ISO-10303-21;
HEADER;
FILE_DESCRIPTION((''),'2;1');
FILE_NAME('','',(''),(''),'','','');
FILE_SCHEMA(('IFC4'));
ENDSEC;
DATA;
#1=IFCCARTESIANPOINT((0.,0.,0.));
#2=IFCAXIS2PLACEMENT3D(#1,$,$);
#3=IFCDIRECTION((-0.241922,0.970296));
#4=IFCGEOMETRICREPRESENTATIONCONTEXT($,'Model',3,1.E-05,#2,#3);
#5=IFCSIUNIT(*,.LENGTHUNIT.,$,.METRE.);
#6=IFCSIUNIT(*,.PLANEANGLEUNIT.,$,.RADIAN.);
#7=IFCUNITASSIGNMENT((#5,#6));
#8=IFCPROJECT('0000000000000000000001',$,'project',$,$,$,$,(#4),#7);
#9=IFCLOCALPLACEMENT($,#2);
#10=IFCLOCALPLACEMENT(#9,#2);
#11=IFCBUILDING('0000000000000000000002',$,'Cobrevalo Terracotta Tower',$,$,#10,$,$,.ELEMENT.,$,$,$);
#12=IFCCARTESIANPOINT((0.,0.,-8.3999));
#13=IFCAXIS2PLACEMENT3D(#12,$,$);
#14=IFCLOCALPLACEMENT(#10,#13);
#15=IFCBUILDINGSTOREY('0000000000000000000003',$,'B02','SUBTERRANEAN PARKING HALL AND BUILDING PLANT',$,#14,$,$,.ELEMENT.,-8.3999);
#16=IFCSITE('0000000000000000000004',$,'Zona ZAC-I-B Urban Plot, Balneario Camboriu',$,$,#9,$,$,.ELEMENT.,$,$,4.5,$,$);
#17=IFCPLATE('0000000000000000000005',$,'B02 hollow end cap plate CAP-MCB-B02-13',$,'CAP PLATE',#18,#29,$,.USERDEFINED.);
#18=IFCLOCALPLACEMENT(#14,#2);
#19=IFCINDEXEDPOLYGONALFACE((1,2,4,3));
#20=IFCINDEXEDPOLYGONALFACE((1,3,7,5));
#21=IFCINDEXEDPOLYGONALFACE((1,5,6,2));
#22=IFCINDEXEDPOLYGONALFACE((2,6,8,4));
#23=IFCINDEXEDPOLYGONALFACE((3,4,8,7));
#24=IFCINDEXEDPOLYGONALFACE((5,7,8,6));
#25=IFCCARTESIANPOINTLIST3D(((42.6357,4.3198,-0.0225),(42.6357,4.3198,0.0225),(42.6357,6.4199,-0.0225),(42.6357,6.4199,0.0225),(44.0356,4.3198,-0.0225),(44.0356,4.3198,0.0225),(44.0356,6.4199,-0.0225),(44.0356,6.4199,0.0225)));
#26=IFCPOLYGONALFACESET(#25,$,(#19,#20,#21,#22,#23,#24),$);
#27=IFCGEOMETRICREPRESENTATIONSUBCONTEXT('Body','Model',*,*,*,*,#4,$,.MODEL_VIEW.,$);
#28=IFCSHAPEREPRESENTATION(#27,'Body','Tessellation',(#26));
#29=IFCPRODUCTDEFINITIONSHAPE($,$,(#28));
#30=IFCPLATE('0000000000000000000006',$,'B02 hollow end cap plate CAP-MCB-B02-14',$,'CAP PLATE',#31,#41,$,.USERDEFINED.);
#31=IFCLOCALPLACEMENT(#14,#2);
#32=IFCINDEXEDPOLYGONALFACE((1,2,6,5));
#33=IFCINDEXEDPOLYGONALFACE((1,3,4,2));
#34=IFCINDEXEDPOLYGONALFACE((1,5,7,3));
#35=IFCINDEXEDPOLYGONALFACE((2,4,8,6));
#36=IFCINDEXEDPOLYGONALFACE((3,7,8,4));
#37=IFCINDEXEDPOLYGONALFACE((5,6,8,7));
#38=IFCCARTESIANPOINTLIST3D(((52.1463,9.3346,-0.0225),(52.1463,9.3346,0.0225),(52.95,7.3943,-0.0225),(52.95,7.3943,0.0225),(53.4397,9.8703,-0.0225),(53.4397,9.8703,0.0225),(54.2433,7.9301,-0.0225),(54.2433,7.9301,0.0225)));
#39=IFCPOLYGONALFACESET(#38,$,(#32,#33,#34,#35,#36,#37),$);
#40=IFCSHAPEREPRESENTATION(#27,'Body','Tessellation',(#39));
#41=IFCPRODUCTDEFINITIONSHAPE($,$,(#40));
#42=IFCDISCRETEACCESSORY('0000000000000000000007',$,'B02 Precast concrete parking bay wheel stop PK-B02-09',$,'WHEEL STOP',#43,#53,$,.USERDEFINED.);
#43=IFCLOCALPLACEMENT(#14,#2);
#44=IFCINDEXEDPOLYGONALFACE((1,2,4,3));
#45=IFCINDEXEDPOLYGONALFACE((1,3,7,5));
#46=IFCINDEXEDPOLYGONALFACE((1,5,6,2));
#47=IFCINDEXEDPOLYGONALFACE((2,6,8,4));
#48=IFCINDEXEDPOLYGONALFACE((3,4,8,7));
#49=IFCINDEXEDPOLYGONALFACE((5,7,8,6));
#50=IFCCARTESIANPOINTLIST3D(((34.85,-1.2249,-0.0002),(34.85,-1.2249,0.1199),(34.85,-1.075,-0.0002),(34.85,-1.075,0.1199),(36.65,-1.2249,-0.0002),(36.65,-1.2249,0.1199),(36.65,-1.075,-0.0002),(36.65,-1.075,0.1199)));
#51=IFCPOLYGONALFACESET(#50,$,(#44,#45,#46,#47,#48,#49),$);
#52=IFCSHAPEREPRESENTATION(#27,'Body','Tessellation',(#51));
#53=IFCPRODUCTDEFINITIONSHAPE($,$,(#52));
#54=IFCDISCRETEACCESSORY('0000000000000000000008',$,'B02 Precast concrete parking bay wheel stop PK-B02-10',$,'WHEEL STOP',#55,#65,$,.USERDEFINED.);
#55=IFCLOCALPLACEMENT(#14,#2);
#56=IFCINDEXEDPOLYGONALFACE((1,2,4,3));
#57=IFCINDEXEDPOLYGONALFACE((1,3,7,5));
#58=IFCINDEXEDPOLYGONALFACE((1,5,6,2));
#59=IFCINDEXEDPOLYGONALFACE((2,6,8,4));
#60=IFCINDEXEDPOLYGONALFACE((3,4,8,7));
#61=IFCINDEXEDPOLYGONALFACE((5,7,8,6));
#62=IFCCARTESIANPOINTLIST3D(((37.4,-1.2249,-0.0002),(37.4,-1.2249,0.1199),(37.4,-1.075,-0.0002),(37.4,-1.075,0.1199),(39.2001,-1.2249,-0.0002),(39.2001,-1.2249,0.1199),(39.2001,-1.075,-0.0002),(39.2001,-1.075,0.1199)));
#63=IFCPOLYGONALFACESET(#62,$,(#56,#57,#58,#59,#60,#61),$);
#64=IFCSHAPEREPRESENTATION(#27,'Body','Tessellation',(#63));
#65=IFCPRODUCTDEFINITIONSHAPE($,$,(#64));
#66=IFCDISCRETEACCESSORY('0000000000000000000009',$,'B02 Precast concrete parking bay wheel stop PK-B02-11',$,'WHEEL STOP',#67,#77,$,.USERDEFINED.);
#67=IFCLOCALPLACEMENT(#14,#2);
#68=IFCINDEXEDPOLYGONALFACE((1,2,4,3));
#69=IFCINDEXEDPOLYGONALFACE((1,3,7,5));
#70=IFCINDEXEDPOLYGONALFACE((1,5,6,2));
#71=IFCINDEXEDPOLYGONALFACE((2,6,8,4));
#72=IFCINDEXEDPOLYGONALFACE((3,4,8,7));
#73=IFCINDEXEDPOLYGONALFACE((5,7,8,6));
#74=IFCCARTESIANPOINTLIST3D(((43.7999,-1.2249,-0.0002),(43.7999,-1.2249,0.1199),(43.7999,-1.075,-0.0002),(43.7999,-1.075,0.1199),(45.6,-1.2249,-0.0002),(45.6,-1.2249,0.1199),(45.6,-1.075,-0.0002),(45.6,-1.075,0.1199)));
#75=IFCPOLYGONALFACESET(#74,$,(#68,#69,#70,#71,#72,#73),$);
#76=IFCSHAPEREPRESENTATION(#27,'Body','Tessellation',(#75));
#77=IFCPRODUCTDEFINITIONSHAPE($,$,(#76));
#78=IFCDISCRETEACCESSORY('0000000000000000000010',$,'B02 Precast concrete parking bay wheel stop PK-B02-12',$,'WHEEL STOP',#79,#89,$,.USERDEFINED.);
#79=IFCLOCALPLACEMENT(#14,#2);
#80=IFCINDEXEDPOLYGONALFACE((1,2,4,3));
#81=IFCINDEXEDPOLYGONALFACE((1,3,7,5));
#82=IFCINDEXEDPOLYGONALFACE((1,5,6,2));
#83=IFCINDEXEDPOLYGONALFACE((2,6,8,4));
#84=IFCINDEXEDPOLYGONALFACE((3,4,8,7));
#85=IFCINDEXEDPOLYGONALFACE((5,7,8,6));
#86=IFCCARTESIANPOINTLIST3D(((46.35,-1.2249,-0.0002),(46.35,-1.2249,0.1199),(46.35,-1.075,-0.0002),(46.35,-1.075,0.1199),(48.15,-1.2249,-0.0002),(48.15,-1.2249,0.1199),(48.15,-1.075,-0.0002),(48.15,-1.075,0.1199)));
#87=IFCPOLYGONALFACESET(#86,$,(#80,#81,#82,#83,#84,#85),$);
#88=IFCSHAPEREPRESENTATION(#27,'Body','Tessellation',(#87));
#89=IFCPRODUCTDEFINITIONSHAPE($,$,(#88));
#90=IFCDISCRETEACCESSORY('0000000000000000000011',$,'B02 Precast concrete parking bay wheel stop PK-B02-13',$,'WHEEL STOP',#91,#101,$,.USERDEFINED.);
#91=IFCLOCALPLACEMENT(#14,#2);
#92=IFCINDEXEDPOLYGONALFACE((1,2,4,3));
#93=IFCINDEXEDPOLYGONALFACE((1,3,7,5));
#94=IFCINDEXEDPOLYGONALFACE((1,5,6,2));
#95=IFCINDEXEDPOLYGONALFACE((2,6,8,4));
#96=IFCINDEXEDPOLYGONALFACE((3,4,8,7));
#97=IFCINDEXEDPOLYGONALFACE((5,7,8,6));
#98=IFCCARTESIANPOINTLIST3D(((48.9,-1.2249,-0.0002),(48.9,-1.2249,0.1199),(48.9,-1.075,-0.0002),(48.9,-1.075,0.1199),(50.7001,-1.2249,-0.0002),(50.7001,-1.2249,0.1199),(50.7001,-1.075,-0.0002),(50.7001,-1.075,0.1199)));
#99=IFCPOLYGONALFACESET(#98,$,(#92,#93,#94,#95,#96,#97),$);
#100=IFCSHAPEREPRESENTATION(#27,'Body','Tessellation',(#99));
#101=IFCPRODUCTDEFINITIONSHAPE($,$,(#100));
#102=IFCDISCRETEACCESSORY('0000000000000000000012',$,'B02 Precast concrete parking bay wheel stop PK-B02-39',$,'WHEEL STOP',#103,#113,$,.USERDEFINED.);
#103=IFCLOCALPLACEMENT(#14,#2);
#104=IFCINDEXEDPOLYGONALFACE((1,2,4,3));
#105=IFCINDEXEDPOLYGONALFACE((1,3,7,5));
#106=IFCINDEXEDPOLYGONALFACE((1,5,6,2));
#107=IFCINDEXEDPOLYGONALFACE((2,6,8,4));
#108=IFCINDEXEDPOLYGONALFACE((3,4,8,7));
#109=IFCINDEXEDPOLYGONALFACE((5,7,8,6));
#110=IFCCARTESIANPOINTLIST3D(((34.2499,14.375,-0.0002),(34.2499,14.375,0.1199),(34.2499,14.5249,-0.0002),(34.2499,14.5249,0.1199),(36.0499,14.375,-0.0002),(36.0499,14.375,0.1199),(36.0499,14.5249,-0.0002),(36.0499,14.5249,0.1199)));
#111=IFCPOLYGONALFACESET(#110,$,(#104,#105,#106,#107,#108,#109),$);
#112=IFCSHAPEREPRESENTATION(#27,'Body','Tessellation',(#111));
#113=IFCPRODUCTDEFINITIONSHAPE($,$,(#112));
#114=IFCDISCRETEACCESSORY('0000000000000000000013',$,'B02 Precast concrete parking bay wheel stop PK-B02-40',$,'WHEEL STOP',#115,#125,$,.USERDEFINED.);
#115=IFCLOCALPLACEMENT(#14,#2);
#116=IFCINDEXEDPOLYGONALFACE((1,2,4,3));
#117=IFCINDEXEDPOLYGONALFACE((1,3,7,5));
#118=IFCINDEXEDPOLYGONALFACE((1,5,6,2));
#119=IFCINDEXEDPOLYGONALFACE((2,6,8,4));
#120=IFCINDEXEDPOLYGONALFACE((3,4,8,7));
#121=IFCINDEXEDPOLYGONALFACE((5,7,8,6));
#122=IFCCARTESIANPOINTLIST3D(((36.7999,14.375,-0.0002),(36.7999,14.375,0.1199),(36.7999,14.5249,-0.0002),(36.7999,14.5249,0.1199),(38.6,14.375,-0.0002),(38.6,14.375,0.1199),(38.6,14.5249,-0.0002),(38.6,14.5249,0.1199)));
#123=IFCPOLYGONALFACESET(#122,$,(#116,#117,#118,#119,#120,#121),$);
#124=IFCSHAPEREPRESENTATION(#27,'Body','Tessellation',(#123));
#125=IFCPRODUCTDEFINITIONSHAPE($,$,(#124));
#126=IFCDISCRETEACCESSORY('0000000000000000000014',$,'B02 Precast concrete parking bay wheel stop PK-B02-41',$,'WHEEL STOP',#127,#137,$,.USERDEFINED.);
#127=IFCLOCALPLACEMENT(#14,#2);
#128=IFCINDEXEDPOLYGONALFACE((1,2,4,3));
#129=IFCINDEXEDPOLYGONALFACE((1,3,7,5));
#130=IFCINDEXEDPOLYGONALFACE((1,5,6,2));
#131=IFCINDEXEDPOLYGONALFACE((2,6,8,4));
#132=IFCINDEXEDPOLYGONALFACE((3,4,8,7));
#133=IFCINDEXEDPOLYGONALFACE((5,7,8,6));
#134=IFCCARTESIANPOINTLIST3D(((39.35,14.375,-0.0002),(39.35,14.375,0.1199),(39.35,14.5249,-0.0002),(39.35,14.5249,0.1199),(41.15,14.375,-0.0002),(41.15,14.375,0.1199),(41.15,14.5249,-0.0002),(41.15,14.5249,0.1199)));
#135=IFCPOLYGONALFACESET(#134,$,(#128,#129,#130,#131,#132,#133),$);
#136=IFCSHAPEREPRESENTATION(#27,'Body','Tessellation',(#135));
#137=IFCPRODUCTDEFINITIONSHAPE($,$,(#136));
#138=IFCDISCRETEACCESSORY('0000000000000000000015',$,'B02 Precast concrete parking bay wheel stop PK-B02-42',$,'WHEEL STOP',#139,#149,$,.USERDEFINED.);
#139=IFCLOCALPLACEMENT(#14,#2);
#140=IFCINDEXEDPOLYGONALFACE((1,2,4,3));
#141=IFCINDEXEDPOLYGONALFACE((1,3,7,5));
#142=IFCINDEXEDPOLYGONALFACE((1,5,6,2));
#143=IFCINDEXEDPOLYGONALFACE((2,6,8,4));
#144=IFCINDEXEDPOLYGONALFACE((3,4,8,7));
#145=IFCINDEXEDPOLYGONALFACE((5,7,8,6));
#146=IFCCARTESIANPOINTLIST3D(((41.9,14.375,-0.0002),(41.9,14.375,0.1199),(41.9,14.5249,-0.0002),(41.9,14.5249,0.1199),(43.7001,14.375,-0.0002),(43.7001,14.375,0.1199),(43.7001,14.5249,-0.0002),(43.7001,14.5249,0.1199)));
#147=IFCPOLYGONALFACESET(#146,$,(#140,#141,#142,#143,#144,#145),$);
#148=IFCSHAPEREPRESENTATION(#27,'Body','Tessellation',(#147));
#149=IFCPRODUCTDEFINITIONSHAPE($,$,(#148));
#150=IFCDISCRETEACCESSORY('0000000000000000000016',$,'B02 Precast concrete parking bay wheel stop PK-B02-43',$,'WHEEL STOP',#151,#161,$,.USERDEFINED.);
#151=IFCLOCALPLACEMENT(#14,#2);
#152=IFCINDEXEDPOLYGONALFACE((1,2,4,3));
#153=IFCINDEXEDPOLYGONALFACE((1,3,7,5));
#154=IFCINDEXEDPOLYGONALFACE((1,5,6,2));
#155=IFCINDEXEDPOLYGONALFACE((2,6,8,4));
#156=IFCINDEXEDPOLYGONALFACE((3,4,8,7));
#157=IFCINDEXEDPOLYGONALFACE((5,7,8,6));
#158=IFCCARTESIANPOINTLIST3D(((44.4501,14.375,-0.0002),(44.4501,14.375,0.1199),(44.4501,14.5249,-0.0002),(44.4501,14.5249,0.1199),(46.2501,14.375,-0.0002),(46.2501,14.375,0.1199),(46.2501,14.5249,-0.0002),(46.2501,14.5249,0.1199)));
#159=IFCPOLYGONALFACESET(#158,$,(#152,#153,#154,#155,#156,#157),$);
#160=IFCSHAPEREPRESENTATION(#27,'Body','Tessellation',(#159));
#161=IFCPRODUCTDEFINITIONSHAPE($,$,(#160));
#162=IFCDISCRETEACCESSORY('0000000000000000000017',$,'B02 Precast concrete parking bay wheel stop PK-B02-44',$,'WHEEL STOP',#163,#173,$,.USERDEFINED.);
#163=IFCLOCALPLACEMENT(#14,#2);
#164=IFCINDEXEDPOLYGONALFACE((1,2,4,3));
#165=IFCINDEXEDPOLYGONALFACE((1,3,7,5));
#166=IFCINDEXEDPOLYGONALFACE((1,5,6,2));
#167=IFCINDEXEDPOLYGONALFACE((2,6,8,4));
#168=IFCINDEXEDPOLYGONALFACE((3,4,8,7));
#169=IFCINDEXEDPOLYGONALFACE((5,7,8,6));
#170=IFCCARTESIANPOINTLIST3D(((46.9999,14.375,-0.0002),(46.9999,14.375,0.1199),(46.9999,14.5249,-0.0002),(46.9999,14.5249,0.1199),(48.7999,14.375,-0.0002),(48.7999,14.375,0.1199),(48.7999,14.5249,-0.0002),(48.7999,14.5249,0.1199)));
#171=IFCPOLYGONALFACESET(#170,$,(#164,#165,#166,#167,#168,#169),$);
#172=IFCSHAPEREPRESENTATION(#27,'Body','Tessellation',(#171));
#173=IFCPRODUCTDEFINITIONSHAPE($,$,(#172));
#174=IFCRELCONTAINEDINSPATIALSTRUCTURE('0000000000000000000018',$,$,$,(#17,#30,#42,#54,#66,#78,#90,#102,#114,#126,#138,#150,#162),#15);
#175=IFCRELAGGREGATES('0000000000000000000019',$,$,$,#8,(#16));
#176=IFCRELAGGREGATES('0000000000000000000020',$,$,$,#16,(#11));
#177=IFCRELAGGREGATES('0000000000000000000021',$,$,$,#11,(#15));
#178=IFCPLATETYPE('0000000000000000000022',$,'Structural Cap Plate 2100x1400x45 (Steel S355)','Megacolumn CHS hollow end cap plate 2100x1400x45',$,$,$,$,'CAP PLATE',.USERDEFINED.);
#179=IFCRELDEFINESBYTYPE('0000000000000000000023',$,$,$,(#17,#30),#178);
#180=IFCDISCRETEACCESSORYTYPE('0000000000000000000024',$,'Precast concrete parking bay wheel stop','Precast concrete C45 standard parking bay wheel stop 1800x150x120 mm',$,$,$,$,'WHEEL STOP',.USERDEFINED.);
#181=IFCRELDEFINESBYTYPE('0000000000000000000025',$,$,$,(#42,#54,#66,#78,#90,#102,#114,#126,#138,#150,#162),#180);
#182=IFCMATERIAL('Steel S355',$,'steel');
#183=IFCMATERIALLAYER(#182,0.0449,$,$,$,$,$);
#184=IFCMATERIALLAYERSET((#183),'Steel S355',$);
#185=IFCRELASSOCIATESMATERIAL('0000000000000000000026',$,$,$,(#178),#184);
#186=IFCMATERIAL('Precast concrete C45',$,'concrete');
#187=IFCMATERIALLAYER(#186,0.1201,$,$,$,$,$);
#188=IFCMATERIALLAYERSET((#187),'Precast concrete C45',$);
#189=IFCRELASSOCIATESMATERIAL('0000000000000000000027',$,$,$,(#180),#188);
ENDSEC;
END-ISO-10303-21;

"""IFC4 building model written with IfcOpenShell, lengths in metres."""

from ifc_helpers import new_model, si_unit, direction, frame, origin, origin_2d, place, context, subcontext, project, spatial, rectangle, extrude, source, transform, mapped, material, layer, layer_set, type_object, element, save


model = new_model("IFC4")

# Units and contexts
model_context = context("Model", 3, precision=1e-05, world=origin(), true_north=direction((-0.241922, 0.970296)))
body_context = subcontext(model_context, "Body", "Model", "MODEL_VIEW")
ifc_project = project(units=[si_unit("LENGTHUNIT", "METRE"), si_unit("PLANEANGLEUNIT", "RADIAN")], contexts=[model_context])

# Site, building, storey
site_placement = place(None, origin())
site = spatial("IfcSite", under=ifc_project, at=site_placement, Name="Zona ZAC-I-B Urban Plot, Balneario Camboriu", CompositionType="ELEMENT", RefElevation=4.5)
building_placement = place(site_placement, origin())
building = spatial("IfcBuilding", under=site, at=building_placement, Name="Cobrevalo Terracotta Tower", CompositionType="ELEMENT")
storey_placement = place(building_placement, frame((0.0, 0.0, -8.3999)))
storey = spatial("IfcBuildingStorey", under=building, at=storey_placement, Name="B02", Description="SUBTERRANEAN PARKING HALL AND BUILDING PLANT", CompositionType="ELEMENT", Elevation=-8.3999)

# Shared definitions
ifc_material_1 = material(Name="Steel S355", Category="steel")

# Plates
ifc_layer_1 = layer(ifc_material_1, 0.0449)
ifc_layer_set_1 = layer_set([ifc_layer_1], Name="Steel S355")
plate_type = type_object("IfcPlateType", Name="Structural Cap Plate 2100x1400x45 (Steel S355)", Description="Megacolumn CHS hollow end cap plate 2100x1400x45", ElementType="CAP PLATE", PredefinedType="USERDEFINED", material=ifc_layer_set_1)
shared_shape_1 = source(origin(), body_context, "Body", "SweptSolid", [
    extrude(rectangle(XDim=2.1001, YDim=1.3999, at=origin_2d()), origin(), (0.0, 0.0, 1.0), 0.0449),
])
for number, where, z_axis, x_axis, name in (
    (1, (43.3357, 5.3699, -0.0225), (0.0, 0.0, 1.0), (0.0, -1.0, 0.0), "B02 hollow end cap plate CAP-MCB-B02-13"),
    (2, (53.1948, 8.6323, -0.0225), (0.0, 0.0, 1.0), (0.382683, -0.92388, 0.0), "B02 hollow end cap plate CAP-MCB-B02-14"),
):
    element("IfcPlate", number, at=place(storey_placement, frame(where, z_axis=z_axis, x_axis=x_axis)), inside=storey, type_object=plate_type, Name=name, ObjectType="CAP PLATE", PredefinedType="USERDEFINED", context=body_context, shape_type="MappedRepresentation", body=[
        mapped(shared_shape_1, transform((0.0, 0.0, 0.0), scale=1.0)),
    ])

# Discrete accessories
ifc_material_2 = material(Name="Precast concrete C45", Category="concrete")
ifc_layer_2 = layer(ifc_material_2, 0.1201)
ifc_layer_set_2 = layer_set([ifc_layer_2], Name="Precast concrete C45")
discrete_accessory_type = type_object("IfcDiscreteAccessoryType", Name="Precast concrete parking bay wheel stop", Description="Precast concrete C45 standard parking bay wheel stop 1800x150x120 mm", ElementType="WHEEL STOP", PredefinedType="USERDEFINED", material=ifc_layer_set_2)
shared_shape_2 = source(origin(), body_context, "Body", "SweptSolid", [
    extrude(rectangle(XDim=1.8, YDim=0.1499, at=origin_2d()), origin(), (0.0, 0.0, 1.0), 0.1201),
])
for number, where, z_axis, x_axis, name in (
    (3, (35.75, -1.1499, -0.0002), (0.0, 0.0, 1.0), (1.0, 0.0, 0.0), "B02 Precast concrete parking bay wheel stop PK-B02-09"),
    (4, (38.3, -1.1499, -0.0002), (0.0, 0.0, 1.0), (1.0, 0.0, 0.0), "B02 Precast concrete parking bay wheel stop PK-B02-10"),
    (5, (44.7, -1.1499, -0.0002), (0.0, 0.0, 1.0), (1.0, 0.0, 0.0), "B02 Precast concrete parking bay wheel stop PK-B02-11"),
    (6, (47.25, -1.1499, -0.0002), (0.0, 0.0, 1.0), (1.0, 0.0, 0.0), "B02 Precast concrete parking bay wheel stop PK-B02-12"),
    (7, (49.8, -1.1499, -0.0002), (0.0, 0.0, 1.0), (1.0, 0.0, 0.0), "B02 Precast concrete parking bay wheel stop PK-B02-13"),
    (8, (35.1499, 14.45, -0.0002), (0.0, 0.0, 1.0), (1.0, 0.0, 0.0), "B02 Precast concrete parking bay wheel stop PK-B02-39"),
    (9, (37.7, 14.45, -0.0002), (0.0, 0.0, 1.0), (1.0, 0.0, 0.0), "B02 Precast concrete parking bay wheel stop PK-B02-40"),
    (10, (40.25, 14.45, -0.0002), (0.0, 0.0, 1.0), (1.0, 0.0, 0.0), "B02 Precast concrete parking bay wheel stop PK-B02-41"),
    (11, (42.8, 14.45, -0.0002), (0.0, 0.0, 1.0), (1.0, 0.0, 0.0), "B02 Precast concrete parking bay wheel stop PK-B02-42"),
    (12, (45.3501, 14.45, -0.0002), (0.0, 0.0, 1.0), (1.0, 0.0, 0.0), "B02 Precast concrete parking bay wheel stop PK-B02-43"),
    (13, (47.8999, 14.45, -0.0002), (0.0, 0.0, 1.0), (1.0, 0.0, 0.0), "B02 Precast concrete parking bay wheel stop PK-B02-44"),
):
    element("IfcDiscreteAccessory", number, at=place(storey_placement, frame(where, z_axis=z_axis, x_axis=x_axis)), inside=storey, type_object=discrete_accessory_type, Name=name, ObjectType="WHEEL STOP", PredefinedType="USERDEFINED", context=body_context, shape_type="MappedRepresentation", body=[
        mapped(shared_shape_2, transform((0.0, 0.0, 0.0), scale=1.0)),
    ])

save(model, "model.ifc")
